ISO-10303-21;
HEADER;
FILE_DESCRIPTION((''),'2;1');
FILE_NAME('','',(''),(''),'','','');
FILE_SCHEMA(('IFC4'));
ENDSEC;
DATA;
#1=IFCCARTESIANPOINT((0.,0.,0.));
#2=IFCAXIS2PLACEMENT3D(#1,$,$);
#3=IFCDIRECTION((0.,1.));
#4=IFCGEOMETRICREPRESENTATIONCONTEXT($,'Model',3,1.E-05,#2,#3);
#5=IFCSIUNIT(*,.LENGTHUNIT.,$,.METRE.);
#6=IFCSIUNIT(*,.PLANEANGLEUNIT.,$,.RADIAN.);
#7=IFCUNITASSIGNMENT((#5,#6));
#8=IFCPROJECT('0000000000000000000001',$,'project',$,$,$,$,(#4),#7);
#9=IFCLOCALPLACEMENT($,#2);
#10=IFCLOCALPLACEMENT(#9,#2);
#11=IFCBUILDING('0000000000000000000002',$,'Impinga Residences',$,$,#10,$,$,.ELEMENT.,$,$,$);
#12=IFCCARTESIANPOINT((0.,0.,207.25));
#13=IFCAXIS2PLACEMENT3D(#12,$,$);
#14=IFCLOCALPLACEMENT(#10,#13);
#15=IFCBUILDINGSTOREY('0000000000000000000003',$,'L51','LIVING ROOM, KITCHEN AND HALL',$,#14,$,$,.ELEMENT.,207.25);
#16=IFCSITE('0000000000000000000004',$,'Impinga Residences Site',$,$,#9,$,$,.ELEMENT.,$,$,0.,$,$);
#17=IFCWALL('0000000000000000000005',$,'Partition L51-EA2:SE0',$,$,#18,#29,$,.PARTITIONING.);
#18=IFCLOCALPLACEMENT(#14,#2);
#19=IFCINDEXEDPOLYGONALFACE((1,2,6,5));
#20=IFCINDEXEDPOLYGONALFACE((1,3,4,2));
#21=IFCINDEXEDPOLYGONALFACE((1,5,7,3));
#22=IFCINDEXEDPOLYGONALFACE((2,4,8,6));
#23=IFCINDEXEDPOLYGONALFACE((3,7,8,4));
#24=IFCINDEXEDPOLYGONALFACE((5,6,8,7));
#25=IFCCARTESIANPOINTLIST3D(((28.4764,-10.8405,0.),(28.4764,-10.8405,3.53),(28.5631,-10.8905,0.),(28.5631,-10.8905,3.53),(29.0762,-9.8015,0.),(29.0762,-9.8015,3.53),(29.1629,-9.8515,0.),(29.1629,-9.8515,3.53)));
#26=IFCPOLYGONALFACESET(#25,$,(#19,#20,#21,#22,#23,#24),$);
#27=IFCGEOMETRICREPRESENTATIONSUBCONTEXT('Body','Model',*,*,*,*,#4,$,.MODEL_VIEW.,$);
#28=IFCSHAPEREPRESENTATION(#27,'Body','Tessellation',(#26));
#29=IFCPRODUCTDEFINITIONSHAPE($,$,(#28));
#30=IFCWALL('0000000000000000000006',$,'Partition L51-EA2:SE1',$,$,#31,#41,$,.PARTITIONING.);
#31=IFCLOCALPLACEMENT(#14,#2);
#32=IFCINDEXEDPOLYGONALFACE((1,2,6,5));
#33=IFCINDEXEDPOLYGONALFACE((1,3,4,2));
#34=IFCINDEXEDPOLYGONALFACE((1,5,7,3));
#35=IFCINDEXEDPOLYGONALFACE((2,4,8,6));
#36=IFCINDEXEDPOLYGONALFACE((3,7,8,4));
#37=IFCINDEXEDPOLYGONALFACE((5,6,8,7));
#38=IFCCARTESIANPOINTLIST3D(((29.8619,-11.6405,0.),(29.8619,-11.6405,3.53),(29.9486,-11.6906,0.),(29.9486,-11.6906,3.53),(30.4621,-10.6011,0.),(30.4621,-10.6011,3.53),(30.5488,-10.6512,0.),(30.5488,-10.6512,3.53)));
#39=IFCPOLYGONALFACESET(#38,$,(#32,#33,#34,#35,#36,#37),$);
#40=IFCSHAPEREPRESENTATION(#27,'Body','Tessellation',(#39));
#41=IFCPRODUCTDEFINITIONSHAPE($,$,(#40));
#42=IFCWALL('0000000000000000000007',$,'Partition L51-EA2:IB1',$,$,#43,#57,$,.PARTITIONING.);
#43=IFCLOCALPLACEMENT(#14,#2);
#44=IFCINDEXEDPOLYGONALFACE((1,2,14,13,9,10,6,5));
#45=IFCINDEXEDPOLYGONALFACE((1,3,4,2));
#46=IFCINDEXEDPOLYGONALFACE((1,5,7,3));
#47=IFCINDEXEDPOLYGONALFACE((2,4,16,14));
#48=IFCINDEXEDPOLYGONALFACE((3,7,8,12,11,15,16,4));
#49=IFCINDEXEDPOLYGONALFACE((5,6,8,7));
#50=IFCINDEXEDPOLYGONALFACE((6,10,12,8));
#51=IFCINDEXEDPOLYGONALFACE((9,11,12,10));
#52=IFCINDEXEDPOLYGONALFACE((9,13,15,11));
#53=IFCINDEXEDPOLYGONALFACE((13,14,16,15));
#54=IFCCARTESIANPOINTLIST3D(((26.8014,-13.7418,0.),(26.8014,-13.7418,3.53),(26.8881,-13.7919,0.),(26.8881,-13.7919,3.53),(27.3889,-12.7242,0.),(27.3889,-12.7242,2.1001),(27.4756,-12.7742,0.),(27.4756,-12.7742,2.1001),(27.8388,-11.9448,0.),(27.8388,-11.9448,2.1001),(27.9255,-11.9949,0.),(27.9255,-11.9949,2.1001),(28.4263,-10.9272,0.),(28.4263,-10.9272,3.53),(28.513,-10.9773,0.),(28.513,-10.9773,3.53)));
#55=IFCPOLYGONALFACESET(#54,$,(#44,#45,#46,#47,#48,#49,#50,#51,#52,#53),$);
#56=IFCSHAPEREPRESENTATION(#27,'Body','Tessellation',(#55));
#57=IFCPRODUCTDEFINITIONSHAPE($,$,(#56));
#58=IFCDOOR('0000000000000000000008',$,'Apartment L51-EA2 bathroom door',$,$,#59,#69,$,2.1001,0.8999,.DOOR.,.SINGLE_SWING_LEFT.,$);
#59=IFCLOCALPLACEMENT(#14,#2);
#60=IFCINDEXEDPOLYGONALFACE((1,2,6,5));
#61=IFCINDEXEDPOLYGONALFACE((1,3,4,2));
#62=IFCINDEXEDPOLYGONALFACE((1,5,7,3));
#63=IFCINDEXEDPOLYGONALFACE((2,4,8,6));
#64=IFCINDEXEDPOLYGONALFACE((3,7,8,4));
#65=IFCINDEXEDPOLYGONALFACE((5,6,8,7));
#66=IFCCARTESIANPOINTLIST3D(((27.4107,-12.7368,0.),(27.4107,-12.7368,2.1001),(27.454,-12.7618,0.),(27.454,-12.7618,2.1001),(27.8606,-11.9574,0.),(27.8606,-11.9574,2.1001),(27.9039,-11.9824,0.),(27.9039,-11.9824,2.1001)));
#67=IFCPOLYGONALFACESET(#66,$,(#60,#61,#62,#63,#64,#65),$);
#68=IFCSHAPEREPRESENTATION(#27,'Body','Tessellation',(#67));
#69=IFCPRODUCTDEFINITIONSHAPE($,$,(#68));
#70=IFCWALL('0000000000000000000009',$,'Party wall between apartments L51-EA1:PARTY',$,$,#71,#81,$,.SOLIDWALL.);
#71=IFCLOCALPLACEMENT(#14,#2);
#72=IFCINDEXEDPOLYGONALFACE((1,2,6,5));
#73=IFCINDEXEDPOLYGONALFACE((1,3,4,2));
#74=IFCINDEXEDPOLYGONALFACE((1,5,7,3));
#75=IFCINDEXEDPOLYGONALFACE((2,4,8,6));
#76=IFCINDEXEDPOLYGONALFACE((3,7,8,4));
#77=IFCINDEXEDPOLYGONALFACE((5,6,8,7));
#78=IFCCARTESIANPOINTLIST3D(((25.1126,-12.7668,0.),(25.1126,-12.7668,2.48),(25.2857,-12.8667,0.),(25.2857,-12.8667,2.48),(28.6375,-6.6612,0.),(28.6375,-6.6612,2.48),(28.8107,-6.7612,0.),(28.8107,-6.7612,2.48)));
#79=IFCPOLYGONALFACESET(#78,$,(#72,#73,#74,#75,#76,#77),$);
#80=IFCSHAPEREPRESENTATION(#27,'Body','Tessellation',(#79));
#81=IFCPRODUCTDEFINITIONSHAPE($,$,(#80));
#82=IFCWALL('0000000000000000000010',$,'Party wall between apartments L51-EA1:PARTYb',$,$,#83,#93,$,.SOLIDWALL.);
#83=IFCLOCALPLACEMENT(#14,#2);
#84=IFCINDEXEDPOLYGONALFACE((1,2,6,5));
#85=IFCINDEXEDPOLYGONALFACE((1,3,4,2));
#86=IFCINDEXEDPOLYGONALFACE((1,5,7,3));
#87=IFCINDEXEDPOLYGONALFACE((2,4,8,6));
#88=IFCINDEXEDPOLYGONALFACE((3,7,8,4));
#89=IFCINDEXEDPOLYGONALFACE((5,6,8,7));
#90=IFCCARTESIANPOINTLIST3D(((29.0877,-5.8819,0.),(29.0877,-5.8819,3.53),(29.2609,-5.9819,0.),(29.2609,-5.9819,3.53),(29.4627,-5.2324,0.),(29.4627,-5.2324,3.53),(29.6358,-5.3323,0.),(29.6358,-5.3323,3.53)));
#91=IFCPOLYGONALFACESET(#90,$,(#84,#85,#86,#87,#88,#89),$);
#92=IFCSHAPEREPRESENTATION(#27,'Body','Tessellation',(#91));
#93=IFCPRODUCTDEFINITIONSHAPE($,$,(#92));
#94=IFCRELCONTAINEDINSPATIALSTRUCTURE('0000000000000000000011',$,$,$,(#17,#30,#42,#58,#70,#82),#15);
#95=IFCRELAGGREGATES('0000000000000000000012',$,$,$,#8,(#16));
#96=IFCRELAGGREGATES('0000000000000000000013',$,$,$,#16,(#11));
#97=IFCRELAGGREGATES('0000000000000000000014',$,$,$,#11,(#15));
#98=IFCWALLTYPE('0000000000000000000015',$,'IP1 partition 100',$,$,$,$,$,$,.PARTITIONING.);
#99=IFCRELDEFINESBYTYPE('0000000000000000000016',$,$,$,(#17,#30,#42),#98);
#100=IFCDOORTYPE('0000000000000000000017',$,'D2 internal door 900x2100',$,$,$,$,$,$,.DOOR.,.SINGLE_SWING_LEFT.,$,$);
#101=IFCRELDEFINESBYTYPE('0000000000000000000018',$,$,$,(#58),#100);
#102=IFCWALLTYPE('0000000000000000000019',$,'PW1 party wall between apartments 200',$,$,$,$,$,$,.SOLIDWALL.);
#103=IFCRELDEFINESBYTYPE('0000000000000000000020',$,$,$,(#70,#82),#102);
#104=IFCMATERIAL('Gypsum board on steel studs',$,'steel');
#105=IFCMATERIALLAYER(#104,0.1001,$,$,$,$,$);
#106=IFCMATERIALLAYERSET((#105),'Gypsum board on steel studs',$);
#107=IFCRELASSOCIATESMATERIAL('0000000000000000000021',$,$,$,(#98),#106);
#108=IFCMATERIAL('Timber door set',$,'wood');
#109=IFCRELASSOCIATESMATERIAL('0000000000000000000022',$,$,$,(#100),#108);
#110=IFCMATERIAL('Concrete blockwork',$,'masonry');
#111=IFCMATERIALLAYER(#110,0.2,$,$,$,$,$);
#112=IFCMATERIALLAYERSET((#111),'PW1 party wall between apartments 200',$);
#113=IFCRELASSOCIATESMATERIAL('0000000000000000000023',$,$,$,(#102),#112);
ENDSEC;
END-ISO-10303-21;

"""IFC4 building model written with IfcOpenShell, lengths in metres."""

from ifc_helpers import new_model, si_unit, direction, frame, frame_2d, origin, place, context, subcontext, project, spatial, rectangle, extrude, material, layer, layer_set, type_object, element, fill, save


model = new_model("IFC4")

# Units and contexts
model_context = context("Model", 3, precision=1e-05, world=origin(), true_north=direction((0.0, 1.0)))
body_context = subcontext(model_context, "Body", "Model", "MODEL_VIEW")
ifc_project = project(units=[si_unit("LENGTHUNIT", "METRE"), si_unit("PLANEANGLEUNIT", "RADIAN")], contexts=[model_context])

# Site, building, storey
site_placement = place(None, origin())
site = spatial("IfcSite", under=ifc_project, at=site_placement, Name="Impinga Residences Site", CompositionType="ELEMENT", RefElevation=0.0)
building_placement = place(site_placement, origin())
building = spatial("IfcBuilding", under=site, at=building_placement, Name="Impinga Residences", CompositionType="ELEMENT")
storey_placement = place(building_placement, frame((0.0, 0.0, 207.25)))
storey = spatial("IfcBuildingStorey", under=building, at=storey_placement, Name="L51", Description="LIVING ROOM, KITCHEN AND HALL", CompositionType="ELEMENT", Elevation=207.25)

# Shared definitions
ifc_material_1 = material(Name="Concrete blockwork", Category="masonry")
ifc_material_2 = material(Name="Timber door set", Category="wood")

# Shared definitions
ifc_material_3 = material(Name="Gypsum board on steel studs", Category="steel")
ifc_layer_1 = layer(ifc_material_3, 0.1001)
ifc_layer_set_1 = layer_set([ifc_layer_1], Name="Gypsum board on steel studs")
wall_type_1 = type_object("IfcWallType", Name="IP1 partition 100", PredefinedType="PARTITIONING", material=ifc_layer_set_1)

# Shared definitions
door_type_1 = type_object("IfcDoorType", Name="D2 internal door 900x2100", OperationType="SINGLE_SWING_LEFT", PredefinedType="DOOR", material=ifc_material_2)

# Walls
wall_1_placement = place(storey_placement, frame((28.5198, -10.8655, 0.0), z_axis=(0.0, 0.0, 1.0), x_axis=(0.499969, 0.866043, 0.0)))
element("IfcWall", 1, at=wall_1_placement, inside=storey, type_object=wall_type_1, Name="Partition L51-EA2:SE0", PredefinedType="PARTITIONING", context=body_context, shape_type="SweptSolid", body=[
    extrude(rectangle(XDim=1.1997, YDim=0.1001, at=frame_2d((0.5999, 0.0))), origin(), (0.0, 0.0, 1.0), 3.53),
])
wall_2_placement = place(storey_placement, frame((29.9053, -11.6655, 0.0), z_axis=(0.0, 0.0, 1.0), x_axis=(0.500034, 0.866006, 0.0)))
element("IfcWall", 2, at=wall_2_placement, inside=storey, type_object=wall_type_1, Name="Partition L51-EA2:SE1", PredefinedType="PARTITIONING", context=body_context, shape_type="SweptSolid", body=[
    extrude(rectangle(XDim=1.2002, YDim=0.1001, at=frame_2d((0.6001, 0.0))), origin(), (0.0, 0.0, 1.0), 3.53),
])

# Wall, opening, door
wall_3_placement = place(storey_placement, frame((26.8447, -13.7668, 0.0), z_axis=(0.0, 0.0, 1.0), x_axis=(0.499985, 0.866034, 0.0)))
wall_3 = element("IfcWall", 3, at=wall_3_placement, inside=storey, type_object=wall_type_1, Name="Partition L51-EA2:IB1", PredefinedType="PARTITIONING", context=body_context, shape_type="SweptSolid", body=[
    extrude(rectangle(XDim=3.25, YDim=0.1001, at=frame_2d((1.625, 0.0))), origin(), (0.0, 0.0, 1.0), 3.53),
])
opening_1_placement = place(wall_3_placement, frame((1.175, 0.0, 0.0)))
opening_1 = element("IfcOpeningElement", 4, at=opening_1_placement, cuts=wall_3, PredefinedType="OPENING", context=body_context, shape_type="SweptSolid", body=[
    extrude(rectangle(XDim=0.8999, YDim=2.1001, at=frame_2d((0.45, 1.05))), frame((0.0, 0.0601, 0.0), z_axis=(0.0, -1.0, 0.0), x_axis=(1.0, 0.0, 0.0)), (0.0, 0.0, 1.0), 0.1201),
])
door_1_placement = place(opening_1_placement, origin())
door_1 = element("IfcDoor", 5, at=door_1_placement, inside=storey, type_object=door_type_1, Name="Apartment L51-EA2 bathroom door", OperationType="SINGLE_SWING_LEFT", OverallHeight=2.1001, OverallWidth=0.8999, PredefinedType="DOOR", context=body_context, shape_type="SweptSolid", body=[
    extrude(rectangle(XDim=0.8999, YDim=2.1001, at=frame_2d((0.45, 1.05))), frame((0.0, 0.0249, 0.0), z_axis=(0.0, -1.0, 0.0), x_axis=(1.0, 0.0, 0.0)), (0.0, 0.0, 1.0), 0.05),
])
fill(opening_1, door_1)

# Walls
ifc_layer_2 = layer(ifc_material_1, 0.2)
ifc_layer_set_2 = layer_set([ifc_layer_2], Name="PW1 party wall between apartments 200")
wall_type_2 = type_object("IfcWallType", Name="PW1 party wall between apartments 200", PredefinedType="SOLIDWALL", material=ifc_layer_set_2)
wall_4_placement = place(storey_placement, frame((25.1992, -12.8167, 0.0), z_axis=(0.0, 0.0, 1.0), x_axis=(0.49999, 0.866031, 0.0)))
element("IfcWall", 6, at=wall_4_placement, inside=storey, type_object=wall_type_2, Name="Party wall between apartments L51-EA1:PARTY", PredefinedType="SOLIDWALL", context=body_context, shape_type="SweptSolid", body=[
    extrude(rectangle(XDim=7.05, YDim=0.2, at=frame_2d((3.5249, 0.0))), origin(), (0.0, 0.0, 1.0), 2.48),
])
wall_5_placement = place(storey_placement, frame((29.1743, -5.9319, 0.0), z_axis=(0.0, 0.0, 1.0), x_axis=(0.49992, 0.866072, 0.0)))
element("IfcWall", 7, at=wall_5_placement, inside=storey, type_object=wall_type_2, Name="Party wall between apartments L51-EA1:PARTYb", PredefinedType="SOLIDWALL", context=body_context, shape_type="SweptSolid", body=[
    extrude(rectangle(XDim=0.75, YDim=0.2, at=frame_2d((0.375, 0.0))), origin(), (0.0, 0.0, 1.0), 3.53),
])

save(model, "model.ifc")
